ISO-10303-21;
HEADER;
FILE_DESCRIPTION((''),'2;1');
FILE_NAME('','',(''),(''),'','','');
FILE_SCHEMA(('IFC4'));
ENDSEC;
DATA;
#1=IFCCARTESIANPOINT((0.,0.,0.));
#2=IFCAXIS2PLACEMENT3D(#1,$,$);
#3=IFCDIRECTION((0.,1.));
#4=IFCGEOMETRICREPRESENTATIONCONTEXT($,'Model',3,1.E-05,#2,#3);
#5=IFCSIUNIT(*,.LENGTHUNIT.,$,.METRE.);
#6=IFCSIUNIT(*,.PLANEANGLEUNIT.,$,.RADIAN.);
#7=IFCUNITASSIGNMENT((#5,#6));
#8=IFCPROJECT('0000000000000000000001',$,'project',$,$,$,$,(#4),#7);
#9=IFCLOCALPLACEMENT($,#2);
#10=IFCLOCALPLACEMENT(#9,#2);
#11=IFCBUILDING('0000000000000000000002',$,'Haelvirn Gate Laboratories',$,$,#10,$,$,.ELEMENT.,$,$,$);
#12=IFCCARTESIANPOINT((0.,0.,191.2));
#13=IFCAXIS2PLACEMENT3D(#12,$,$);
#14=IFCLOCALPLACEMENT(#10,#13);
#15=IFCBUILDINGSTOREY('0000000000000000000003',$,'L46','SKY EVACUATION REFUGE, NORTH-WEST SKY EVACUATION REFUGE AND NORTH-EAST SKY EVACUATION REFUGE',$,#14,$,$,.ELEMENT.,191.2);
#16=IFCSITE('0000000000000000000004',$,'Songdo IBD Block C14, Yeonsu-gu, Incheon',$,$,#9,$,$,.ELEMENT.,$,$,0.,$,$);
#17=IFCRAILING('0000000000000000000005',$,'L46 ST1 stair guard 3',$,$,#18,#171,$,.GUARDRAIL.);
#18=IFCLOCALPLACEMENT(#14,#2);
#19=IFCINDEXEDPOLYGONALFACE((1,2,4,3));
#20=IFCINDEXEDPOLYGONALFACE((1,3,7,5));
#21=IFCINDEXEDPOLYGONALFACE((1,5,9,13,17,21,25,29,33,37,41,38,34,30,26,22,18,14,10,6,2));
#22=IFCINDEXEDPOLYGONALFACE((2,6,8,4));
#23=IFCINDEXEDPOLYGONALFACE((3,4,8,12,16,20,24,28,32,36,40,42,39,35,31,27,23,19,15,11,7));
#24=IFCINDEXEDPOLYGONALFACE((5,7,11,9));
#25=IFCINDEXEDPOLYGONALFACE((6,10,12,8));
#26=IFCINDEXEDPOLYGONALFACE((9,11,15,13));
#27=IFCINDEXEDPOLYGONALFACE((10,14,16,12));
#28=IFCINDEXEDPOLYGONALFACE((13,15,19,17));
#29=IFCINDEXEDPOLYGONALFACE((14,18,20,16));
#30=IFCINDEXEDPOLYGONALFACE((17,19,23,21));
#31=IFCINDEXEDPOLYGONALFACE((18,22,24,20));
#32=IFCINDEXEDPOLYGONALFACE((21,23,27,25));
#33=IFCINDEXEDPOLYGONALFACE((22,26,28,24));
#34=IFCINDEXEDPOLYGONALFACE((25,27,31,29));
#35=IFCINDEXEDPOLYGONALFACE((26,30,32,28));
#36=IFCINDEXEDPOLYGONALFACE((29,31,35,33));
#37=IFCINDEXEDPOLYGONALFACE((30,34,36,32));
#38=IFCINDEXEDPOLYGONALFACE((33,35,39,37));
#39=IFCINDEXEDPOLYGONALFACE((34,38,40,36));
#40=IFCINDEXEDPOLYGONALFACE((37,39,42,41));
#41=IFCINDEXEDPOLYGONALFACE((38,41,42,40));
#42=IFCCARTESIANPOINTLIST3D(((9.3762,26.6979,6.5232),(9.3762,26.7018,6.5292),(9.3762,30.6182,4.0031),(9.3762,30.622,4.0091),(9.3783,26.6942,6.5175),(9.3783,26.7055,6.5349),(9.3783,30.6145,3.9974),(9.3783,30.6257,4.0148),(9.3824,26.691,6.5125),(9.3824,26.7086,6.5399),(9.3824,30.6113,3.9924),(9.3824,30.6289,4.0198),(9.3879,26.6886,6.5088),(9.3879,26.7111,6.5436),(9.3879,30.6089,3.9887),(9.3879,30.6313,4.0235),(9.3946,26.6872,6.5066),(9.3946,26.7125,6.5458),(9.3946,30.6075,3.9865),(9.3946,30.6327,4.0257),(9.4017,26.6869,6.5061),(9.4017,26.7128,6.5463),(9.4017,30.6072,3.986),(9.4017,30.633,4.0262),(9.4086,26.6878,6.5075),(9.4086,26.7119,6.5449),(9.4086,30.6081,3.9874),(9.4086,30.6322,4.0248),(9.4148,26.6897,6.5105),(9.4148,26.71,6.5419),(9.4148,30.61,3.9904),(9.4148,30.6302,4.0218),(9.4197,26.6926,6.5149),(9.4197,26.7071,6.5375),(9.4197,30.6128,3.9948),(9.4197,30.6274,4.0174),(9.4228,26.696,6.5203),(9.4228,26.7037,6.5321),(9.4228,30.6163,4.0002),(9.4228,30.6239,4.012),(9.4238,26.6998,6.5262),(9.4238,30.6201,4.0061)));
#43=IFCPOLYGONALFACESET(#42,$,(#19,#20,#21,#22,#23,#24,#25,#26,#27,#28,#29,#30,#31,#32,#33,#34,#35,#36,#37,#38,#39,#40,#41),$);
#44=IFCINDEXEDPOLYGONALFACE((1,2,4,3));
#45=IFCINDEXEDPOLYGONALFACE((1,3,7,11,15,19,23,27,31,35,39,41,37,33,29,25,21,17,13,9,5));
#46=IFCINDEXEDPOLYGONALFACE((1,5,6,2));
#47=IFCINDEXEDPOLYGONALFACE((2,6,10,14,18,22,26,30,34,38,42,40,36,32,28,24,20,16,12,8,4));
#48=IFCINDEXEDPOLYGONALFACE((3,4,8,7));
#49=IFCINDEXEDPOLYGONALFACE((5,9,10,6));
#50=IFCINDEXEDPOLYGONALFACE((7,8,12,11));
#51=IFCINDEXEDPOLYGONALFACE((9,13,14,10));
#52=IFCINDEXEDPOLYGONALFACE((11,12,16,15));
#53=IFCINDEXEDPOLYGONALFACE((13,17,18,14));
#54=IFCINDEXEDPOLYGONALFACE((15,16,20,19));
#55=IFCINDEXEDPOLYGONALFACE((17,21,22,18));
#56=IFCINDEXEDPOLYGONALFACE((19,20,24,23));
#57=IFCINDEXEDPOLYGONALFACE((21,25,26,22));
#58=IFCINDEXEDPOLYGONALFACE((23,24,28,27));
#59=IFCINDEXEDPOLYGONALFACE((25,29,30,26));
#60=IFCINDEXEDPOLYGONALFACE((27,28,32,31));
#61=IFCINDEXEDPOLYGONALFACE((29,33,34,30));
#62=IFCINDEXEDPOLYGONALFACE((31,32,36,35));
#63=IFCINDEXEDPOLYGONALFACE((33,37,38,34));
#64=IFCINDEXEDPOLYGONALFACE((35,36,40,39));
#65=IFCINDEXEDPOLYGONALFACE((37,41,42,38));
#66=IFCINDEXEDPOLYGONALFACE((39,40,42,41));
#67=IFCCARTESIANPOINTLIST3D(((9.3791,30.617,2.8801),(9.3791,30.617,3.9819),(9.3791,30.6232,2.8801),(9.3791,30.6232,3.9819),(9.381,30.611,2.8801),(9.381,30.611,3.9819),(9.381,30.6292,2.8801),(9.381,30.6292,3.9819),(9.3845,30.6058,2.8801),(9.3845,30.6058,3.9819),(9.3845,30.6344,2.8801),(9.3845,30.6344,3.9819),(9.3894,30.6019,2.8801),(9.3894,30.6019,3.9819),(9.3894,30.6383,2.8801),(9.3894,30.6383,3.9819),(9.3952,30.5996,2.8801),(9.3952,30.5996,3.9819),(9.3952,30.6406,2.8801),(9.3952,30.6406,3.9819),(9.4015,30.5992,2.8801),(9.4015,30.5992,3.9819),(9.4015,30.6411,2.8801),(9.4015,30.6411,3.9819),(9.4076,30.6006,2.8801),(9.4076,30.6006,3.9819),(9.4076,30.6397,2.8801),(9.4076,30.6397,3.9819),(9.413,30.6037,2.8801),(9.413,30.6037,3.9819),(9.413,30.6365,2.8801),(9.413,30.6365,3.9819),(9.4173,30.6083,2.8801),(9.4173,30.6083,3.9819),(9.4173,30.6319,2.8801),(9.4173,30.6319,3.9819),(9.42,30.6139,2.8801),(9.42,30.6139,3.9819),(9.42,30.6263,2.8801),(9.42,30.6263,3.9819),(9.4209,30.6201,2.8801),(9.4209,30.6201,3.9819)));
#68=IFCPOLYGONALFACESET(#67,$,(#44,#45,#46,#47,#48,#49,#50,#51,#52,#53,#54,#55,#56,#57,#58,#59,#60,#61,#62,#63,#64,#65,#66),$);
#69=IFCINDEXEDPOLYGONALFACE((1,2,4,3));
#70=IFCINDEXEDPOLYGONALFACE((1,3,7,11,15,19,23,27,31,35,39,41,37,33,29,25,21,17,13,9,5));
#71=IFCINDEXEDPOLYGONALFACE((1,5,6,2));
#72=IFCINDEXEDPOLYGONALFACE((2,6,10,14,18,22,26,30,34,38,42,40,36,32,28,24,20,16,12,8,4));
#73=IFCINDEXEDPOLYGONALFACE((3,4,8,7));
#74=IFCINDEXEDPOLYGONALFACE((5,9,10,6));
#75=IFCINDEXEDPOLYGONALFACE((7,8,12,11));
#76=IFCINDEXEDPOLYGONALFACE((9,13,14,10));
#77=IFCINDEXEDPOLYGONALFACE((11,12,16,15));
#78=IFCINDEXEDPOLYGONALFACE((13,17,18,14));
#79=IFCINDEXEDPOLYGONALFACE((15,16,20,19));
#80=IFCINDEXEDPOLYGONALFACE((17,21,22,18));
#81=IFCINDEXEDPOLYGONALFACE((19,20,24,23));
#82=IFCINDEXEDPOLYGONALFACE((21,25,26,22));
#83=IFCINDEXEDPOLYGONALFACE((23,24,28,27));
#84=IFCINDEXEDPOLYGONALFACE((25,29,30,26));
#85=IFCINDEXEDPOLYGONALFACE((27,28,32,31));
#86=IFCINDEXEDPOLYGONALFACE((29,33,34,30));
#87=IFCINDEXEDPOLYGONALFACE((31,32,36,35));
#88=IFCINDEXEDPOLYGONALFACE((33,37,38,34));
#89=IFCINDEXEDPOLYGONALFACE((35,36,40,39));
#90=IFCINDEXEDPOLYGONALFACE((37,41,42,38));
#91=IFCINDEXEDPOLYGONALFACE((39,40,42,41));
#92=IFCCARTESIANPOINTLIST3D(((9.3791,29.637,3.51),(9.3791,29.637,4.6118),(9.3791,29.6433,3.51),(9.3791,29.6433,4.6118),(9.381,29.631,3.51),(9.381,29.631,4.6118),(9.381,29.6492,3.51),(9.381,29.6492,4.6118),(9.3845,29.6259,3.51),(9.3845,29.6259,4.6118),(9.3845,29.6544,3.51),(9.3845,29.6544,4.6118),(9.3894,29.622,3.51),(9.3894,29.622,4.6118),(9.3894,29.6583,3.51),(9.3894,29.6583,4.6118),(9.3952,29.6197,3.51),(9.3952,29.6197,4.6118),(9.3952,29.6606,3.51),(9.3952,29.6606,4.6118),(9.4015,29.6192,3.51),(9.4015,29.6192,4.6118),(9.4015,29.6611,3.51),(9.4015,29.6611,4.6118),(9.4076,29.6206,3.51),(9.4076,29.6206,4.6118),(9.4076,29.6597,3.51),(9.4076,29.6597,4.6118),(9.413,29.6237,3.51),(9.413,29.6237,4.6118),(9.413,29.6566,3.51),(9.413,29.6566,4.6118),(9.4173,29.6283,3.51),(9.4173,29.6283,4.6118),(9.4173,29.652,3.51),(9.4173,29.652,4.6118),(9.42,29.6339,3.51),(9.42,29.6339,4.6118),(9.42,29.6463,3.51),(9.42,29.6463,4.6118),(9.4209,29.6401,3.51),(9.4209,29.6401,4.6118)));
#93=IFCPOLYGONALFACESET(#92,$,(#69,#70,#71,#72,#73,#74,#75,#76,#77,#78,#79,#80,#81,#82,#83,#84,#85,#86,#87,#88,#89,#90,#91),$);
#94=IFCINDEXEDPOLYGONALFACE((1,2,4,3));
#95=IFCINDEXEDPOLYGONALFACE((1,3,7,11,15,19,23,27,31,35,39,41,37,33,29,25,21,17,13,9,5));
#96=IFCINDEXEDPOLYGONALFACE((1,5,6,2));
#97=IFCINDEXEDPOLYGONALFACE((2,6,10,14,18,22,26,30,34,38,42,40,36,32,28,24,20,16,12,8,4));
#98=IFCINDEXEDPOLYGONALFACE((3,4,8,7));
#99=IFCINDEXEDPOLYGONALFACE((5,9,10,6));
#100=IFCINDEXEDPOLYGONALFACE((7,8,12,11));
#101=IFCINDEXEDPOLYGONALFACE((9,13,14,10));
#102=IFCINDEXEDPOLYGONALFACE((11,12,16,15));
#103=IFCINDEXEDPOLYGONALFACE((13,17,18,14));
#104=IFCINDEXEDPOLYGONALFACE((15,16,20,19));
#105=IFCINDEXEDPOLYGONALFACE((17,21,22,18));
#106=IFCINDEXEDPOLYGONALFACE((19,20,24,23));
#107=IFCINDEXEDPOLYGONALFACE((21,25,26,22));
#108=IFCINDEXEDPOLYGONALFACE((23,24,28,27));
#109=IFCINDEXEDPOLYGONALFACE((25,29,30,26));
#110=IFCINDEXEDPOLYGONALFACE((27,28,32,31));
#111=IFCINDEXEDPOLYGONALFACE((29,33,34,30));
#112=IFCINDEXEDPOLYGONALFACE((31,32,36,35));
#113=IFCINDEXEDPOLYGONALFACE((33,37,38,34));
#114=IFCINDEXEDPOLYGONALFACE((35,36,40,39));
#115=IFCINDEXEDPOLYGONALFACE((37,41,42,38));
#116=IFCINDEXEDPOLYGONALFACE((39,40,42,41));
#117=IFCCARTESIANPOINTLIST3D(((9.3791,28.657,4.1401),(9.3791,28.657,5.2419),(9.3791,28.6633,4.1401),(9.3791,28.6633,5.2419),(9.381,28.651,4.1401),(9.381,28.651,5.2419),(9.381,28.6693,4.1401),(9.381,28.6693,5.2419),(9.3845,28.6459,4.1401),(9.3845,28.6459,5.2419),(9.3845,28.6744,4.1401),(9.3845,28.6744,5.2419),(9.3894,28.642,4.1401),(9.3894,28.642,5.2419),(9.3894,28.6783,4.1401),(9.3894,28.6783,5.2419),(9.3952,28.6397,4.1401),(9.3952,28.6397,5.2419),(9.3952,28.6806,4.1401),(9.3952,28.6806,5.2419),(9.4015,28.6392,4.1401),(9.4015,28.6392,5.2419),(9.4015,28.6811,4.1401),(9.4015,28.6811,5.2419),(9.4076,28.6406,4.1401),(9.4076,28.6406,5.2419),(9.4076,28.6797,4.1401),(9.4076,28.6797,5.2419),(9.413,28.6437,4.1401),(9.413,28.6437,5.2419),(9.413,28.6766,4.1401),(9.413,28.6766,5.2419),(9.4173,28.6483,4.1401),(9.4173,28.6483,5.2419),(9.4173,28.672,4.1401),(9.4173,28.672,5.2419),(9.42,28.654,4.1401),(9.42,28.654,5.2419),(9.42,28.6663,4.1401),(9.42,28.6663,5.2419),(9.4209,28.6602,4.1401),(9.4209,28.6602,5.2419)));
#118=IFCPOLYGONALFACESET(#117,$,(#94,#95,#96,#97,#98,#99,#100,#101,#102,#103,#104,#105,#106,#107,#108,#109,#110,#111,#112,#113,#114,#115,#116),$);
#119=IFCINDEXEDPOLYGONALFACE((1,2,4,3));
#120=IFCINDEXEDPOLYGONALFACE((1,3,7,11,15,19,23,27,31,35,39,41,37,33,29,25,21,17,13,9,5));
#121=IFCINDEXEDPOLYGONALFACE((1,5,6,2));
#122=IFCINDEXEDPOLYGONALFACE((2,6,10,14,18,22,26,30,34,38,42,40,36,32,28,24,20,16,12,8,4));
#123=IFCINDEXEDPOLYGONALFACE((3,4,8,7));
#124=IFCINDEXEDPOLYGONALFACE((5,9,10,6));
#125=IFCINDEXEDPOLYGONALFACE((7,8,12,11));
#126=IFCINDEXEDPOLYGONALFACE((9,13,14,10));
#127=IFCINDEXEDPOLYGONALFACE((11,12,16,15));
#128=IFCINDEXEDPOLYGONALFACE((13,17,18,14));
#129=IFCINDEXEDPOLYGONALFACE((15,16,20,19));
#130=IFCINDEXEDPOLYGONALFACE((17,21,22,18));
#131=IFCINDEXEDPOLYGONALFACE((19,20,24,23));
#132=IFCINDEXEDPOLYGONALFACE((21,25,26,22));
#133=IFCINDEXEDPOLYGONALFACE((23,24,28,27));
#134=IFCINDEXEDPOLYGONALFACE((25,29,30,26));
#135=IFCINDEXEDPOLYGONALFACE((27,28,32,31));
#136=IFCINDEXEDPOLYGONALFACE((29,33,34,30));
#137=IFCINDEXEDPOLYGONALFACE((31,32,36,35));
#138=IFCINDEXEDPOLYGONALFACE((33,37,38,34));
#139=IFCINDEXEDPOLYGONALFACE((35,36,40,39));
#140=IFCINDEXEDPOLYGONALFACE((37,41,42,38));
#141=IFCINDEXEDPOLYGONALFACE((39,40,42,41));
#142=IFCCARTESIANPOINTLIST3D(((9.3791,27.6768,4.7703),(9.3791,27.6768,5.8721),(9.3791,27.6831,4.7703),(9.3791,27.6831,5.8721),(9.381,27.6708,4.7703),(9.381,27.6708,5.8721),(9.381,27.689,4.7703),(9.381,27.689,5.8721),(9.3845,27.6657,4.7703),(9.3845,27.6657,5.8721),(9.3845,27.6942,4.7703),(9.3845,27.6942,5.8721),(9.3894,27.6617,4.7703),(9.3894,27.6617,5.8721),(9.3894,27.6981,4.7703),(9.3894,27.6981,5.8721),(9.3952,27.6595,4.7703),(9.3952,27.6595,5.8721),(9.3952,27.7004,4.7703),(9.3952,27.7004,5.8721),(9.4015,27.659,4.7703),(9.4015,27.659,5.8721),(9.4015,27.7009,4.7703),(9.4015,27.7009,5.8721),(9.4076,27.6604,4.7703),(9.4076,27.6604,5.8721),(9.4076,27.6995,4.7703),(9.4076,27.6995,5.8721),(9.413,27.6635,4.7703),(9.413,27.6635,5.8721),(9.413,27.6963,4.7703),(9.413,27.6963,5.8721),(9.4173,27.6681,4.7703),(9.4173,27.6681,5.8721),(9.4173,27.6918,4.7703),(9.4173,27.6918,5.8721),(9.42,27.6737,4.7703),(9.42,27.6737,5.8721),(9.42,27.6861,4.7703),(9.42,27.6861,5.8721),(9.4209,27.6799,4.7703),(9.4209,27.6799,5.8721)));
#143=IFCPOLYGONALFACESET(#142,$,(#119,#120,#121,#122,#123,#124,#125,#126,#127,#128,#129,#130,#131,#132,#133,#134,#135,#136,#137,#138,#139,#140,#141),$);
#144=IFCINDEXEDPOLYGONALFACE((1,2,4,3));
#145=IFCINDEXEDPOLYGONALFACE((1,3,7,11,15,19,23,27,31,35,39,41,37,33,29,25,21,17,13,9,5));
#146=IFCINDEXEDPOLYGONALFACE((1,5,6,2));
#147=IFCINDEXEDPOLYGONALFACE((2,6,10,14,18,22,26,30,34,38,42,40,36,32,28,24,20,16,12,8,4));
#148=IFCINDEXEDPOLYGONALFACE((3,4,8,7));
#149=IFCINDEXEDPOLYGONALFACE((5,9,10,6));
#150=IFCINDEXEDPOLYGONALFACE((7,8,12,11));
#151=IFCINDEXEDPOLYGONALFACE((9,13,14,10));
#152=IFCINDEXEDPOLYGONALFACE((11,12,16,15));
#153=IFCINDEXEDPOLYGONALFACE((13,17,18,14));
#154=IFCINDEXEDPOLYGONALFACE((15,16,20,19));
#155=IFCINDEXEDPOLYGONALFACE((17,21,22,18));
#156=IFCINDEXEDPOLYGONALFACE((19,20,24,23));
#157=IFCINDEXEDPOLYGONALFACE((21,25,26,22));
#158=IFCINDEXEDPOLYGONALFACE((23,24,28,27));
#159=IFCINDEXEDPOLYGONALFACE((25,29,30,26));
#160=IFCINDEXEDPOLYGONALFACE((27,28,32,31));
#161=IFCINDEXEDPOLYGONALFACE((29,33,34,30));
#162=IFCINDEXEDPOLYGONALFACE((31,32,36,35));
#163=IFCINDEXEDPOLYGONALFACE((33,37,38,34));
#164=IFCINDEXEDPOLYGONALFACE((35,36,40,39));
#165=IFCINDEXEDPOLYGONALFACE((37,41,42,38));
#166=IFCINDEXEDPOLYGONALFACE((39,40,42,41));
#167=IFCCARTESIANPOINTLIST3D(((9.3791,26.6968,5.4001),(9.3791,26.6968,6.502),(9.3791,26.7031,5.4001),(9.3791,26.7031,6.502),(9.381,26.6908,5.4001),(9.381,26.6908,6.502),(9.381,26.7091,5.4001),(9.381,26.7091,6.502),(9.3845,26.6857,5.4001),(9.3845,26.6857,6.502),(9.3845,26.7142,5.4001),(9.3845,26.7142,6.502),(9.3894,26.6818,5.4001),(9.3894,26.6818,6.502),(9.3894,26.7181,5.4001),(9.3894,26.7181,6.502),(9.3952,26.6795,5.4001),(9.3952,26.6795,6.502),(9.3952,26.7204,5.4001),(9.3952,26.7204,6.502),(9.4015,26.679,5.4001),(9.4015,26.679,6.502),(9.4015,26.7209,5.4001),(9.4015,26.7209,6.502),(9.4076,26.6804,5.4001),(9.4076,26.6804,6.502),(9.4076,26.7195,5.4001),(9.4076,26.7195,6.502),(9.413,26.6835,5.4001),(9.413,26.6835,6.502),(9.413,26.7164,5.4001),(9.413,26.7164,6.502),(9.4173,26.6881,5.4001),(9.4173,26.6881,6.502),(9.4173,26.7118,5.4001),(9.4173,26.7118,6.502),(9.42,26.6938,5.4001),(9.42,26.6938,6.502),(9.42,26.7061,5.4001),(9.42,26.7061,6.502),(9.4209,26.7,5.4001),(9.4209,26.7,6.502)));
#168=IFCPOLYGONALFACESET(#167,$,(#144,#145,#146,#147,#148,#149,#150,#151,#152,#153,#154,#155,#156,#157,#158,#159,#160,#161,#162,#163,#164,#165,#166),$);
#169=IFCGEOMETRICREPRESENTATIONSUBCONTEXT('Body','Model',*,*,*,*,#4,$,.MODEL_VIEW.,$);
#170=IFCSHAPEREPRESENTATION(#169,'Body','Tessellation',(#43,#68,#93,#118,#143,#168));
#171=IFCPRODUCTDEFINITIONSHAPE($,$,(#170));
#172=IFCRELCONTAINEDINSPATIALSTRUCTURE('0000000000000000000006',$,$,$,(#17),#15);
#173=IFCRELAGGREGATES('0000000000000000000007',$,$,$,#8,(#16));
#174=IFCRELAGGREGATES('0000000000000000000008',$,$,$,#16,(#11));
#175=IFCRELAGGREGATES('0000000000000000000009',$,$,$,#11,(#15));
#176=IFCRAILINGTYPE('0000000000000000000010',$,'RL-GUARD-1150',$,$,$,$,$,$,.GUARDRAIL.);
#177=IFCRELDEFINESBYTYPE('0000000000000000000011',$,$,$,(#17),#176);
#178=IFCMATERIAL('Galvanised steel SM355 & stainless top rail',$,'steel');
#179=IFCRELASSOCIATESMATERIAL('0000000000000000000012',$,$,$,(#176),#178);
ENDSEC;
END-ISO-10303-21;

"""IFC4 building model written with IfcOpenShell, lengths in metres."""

from ifc_helpers import new_model, si_unit, direction, frame, origin, origin_2d, place, context, subcontext, project, spatial, circle, extrude, source, transform, mapped, material, type_object, element, save


model = new_model("IFC4")

# Units and contexts
model_context = context("Model", 3, precision=1e-05, world=origin(), true_north=direction((0.0, 1.0)))
body_context = subcontext(model_context, "Body", "Model", "MODEL_VIEW")
ifc_project = project(units=[si_unit("LENGTHUNIT", "METRE"), si_unit("PLANEANGLEUNIT", "RADIAN")], contexts=[model_context])

# Site, building, storey
site_placement = place(None, origin())
site = spatial("IfcSite", under=ifc_project, at=site_placement, Name="Songdo IBD Block C14, Yeonsu-gu, Incheon", CompositionType="ELEMENT", RefElevation=0.0)
building_placement = place(site_placement, origin())
building = spatial("IfcBuilding", under=site, at=building_placement, Name="Haelvirn Gate Laboratories", CompositionType="ELEMENT")
storey_placement = place(building_placement, frame((0.0, 0.0, 191.2)))
storey = spatial("IfcBuildingStorey", under=building, at=storey_placement, Name="L46", Description="SKY EVACUATION REFUGE, NORTH-WEST SKY EVACUATION REFUGE AND NORTH-EAST SKY EVACUATION REFUGE", CompositionType="ELEMENT", Elevation=191.2)

# Railing
ifc_material_1 = material(Name="Galvanised steel SM355 & stainless top rail", Category="steel")
railing_type_1 = type_object("IfcRailingType", Name="RL-GUARD-1150", PredefinedType="GUARDRAIL", material=ifc_material_1)
shared_shape_1 = source(origin(), body_context, "Body", "SweptSolid", [
    extrude(circle(Radius=0.0239, at=origin_2d()), frame((0.0, 0.0, 1.126), z_axis=(0.0, -0.841187, 0.540744), x_axis=(1.0, 0.0, 0.0)), (0.0, 0.0, 1.0), 4.6604),
    extrude(circle(Radius=0.021, at=origin_2d()), origin(), (0.0, 0.0, 1.0), 1.1018),
    extrude(circle(Radius=0.021, at=origin_2d()), frame((0.0, -0.98, 0.6299)), (0.0, 0.0, 1.0), 1.1018),
    extrude(circle(Radius=0.021, at=origin_2d()), frame((0.0, -1.96, 1.26)), (0.0, 0.0, 1.0), 1.1018),
    extrude(circle(Radius=0.021, at=origin_2d()), frame((0.0, -2.9402, 1.8901)), (0.0, 0.0, 1.0), 1.1018),
    extrude(circle(Radius=0.021, at=origin_2d()), frame((0.0, -3.9202, 2.52)), (0.0, 0.0, 1.0), 1.1018),
])
railing_1_placement = place(storey_placement, frame((9.3999, 30.6201, 2.8801)))
element("IfcRailing", 1, at=railing_1_placement, inside=storey, type_object=railing_type_1, Name="L46 ST1 stair guard 3", PredefinedType="GUARDRAIL", context=body_context, shape_type="MappedRepresentation", body=[
    mapped(shared_shape_1, transform((0.0, 0.0, 0.0), scale=1.0)),
])

save(model, "model.ifc")
